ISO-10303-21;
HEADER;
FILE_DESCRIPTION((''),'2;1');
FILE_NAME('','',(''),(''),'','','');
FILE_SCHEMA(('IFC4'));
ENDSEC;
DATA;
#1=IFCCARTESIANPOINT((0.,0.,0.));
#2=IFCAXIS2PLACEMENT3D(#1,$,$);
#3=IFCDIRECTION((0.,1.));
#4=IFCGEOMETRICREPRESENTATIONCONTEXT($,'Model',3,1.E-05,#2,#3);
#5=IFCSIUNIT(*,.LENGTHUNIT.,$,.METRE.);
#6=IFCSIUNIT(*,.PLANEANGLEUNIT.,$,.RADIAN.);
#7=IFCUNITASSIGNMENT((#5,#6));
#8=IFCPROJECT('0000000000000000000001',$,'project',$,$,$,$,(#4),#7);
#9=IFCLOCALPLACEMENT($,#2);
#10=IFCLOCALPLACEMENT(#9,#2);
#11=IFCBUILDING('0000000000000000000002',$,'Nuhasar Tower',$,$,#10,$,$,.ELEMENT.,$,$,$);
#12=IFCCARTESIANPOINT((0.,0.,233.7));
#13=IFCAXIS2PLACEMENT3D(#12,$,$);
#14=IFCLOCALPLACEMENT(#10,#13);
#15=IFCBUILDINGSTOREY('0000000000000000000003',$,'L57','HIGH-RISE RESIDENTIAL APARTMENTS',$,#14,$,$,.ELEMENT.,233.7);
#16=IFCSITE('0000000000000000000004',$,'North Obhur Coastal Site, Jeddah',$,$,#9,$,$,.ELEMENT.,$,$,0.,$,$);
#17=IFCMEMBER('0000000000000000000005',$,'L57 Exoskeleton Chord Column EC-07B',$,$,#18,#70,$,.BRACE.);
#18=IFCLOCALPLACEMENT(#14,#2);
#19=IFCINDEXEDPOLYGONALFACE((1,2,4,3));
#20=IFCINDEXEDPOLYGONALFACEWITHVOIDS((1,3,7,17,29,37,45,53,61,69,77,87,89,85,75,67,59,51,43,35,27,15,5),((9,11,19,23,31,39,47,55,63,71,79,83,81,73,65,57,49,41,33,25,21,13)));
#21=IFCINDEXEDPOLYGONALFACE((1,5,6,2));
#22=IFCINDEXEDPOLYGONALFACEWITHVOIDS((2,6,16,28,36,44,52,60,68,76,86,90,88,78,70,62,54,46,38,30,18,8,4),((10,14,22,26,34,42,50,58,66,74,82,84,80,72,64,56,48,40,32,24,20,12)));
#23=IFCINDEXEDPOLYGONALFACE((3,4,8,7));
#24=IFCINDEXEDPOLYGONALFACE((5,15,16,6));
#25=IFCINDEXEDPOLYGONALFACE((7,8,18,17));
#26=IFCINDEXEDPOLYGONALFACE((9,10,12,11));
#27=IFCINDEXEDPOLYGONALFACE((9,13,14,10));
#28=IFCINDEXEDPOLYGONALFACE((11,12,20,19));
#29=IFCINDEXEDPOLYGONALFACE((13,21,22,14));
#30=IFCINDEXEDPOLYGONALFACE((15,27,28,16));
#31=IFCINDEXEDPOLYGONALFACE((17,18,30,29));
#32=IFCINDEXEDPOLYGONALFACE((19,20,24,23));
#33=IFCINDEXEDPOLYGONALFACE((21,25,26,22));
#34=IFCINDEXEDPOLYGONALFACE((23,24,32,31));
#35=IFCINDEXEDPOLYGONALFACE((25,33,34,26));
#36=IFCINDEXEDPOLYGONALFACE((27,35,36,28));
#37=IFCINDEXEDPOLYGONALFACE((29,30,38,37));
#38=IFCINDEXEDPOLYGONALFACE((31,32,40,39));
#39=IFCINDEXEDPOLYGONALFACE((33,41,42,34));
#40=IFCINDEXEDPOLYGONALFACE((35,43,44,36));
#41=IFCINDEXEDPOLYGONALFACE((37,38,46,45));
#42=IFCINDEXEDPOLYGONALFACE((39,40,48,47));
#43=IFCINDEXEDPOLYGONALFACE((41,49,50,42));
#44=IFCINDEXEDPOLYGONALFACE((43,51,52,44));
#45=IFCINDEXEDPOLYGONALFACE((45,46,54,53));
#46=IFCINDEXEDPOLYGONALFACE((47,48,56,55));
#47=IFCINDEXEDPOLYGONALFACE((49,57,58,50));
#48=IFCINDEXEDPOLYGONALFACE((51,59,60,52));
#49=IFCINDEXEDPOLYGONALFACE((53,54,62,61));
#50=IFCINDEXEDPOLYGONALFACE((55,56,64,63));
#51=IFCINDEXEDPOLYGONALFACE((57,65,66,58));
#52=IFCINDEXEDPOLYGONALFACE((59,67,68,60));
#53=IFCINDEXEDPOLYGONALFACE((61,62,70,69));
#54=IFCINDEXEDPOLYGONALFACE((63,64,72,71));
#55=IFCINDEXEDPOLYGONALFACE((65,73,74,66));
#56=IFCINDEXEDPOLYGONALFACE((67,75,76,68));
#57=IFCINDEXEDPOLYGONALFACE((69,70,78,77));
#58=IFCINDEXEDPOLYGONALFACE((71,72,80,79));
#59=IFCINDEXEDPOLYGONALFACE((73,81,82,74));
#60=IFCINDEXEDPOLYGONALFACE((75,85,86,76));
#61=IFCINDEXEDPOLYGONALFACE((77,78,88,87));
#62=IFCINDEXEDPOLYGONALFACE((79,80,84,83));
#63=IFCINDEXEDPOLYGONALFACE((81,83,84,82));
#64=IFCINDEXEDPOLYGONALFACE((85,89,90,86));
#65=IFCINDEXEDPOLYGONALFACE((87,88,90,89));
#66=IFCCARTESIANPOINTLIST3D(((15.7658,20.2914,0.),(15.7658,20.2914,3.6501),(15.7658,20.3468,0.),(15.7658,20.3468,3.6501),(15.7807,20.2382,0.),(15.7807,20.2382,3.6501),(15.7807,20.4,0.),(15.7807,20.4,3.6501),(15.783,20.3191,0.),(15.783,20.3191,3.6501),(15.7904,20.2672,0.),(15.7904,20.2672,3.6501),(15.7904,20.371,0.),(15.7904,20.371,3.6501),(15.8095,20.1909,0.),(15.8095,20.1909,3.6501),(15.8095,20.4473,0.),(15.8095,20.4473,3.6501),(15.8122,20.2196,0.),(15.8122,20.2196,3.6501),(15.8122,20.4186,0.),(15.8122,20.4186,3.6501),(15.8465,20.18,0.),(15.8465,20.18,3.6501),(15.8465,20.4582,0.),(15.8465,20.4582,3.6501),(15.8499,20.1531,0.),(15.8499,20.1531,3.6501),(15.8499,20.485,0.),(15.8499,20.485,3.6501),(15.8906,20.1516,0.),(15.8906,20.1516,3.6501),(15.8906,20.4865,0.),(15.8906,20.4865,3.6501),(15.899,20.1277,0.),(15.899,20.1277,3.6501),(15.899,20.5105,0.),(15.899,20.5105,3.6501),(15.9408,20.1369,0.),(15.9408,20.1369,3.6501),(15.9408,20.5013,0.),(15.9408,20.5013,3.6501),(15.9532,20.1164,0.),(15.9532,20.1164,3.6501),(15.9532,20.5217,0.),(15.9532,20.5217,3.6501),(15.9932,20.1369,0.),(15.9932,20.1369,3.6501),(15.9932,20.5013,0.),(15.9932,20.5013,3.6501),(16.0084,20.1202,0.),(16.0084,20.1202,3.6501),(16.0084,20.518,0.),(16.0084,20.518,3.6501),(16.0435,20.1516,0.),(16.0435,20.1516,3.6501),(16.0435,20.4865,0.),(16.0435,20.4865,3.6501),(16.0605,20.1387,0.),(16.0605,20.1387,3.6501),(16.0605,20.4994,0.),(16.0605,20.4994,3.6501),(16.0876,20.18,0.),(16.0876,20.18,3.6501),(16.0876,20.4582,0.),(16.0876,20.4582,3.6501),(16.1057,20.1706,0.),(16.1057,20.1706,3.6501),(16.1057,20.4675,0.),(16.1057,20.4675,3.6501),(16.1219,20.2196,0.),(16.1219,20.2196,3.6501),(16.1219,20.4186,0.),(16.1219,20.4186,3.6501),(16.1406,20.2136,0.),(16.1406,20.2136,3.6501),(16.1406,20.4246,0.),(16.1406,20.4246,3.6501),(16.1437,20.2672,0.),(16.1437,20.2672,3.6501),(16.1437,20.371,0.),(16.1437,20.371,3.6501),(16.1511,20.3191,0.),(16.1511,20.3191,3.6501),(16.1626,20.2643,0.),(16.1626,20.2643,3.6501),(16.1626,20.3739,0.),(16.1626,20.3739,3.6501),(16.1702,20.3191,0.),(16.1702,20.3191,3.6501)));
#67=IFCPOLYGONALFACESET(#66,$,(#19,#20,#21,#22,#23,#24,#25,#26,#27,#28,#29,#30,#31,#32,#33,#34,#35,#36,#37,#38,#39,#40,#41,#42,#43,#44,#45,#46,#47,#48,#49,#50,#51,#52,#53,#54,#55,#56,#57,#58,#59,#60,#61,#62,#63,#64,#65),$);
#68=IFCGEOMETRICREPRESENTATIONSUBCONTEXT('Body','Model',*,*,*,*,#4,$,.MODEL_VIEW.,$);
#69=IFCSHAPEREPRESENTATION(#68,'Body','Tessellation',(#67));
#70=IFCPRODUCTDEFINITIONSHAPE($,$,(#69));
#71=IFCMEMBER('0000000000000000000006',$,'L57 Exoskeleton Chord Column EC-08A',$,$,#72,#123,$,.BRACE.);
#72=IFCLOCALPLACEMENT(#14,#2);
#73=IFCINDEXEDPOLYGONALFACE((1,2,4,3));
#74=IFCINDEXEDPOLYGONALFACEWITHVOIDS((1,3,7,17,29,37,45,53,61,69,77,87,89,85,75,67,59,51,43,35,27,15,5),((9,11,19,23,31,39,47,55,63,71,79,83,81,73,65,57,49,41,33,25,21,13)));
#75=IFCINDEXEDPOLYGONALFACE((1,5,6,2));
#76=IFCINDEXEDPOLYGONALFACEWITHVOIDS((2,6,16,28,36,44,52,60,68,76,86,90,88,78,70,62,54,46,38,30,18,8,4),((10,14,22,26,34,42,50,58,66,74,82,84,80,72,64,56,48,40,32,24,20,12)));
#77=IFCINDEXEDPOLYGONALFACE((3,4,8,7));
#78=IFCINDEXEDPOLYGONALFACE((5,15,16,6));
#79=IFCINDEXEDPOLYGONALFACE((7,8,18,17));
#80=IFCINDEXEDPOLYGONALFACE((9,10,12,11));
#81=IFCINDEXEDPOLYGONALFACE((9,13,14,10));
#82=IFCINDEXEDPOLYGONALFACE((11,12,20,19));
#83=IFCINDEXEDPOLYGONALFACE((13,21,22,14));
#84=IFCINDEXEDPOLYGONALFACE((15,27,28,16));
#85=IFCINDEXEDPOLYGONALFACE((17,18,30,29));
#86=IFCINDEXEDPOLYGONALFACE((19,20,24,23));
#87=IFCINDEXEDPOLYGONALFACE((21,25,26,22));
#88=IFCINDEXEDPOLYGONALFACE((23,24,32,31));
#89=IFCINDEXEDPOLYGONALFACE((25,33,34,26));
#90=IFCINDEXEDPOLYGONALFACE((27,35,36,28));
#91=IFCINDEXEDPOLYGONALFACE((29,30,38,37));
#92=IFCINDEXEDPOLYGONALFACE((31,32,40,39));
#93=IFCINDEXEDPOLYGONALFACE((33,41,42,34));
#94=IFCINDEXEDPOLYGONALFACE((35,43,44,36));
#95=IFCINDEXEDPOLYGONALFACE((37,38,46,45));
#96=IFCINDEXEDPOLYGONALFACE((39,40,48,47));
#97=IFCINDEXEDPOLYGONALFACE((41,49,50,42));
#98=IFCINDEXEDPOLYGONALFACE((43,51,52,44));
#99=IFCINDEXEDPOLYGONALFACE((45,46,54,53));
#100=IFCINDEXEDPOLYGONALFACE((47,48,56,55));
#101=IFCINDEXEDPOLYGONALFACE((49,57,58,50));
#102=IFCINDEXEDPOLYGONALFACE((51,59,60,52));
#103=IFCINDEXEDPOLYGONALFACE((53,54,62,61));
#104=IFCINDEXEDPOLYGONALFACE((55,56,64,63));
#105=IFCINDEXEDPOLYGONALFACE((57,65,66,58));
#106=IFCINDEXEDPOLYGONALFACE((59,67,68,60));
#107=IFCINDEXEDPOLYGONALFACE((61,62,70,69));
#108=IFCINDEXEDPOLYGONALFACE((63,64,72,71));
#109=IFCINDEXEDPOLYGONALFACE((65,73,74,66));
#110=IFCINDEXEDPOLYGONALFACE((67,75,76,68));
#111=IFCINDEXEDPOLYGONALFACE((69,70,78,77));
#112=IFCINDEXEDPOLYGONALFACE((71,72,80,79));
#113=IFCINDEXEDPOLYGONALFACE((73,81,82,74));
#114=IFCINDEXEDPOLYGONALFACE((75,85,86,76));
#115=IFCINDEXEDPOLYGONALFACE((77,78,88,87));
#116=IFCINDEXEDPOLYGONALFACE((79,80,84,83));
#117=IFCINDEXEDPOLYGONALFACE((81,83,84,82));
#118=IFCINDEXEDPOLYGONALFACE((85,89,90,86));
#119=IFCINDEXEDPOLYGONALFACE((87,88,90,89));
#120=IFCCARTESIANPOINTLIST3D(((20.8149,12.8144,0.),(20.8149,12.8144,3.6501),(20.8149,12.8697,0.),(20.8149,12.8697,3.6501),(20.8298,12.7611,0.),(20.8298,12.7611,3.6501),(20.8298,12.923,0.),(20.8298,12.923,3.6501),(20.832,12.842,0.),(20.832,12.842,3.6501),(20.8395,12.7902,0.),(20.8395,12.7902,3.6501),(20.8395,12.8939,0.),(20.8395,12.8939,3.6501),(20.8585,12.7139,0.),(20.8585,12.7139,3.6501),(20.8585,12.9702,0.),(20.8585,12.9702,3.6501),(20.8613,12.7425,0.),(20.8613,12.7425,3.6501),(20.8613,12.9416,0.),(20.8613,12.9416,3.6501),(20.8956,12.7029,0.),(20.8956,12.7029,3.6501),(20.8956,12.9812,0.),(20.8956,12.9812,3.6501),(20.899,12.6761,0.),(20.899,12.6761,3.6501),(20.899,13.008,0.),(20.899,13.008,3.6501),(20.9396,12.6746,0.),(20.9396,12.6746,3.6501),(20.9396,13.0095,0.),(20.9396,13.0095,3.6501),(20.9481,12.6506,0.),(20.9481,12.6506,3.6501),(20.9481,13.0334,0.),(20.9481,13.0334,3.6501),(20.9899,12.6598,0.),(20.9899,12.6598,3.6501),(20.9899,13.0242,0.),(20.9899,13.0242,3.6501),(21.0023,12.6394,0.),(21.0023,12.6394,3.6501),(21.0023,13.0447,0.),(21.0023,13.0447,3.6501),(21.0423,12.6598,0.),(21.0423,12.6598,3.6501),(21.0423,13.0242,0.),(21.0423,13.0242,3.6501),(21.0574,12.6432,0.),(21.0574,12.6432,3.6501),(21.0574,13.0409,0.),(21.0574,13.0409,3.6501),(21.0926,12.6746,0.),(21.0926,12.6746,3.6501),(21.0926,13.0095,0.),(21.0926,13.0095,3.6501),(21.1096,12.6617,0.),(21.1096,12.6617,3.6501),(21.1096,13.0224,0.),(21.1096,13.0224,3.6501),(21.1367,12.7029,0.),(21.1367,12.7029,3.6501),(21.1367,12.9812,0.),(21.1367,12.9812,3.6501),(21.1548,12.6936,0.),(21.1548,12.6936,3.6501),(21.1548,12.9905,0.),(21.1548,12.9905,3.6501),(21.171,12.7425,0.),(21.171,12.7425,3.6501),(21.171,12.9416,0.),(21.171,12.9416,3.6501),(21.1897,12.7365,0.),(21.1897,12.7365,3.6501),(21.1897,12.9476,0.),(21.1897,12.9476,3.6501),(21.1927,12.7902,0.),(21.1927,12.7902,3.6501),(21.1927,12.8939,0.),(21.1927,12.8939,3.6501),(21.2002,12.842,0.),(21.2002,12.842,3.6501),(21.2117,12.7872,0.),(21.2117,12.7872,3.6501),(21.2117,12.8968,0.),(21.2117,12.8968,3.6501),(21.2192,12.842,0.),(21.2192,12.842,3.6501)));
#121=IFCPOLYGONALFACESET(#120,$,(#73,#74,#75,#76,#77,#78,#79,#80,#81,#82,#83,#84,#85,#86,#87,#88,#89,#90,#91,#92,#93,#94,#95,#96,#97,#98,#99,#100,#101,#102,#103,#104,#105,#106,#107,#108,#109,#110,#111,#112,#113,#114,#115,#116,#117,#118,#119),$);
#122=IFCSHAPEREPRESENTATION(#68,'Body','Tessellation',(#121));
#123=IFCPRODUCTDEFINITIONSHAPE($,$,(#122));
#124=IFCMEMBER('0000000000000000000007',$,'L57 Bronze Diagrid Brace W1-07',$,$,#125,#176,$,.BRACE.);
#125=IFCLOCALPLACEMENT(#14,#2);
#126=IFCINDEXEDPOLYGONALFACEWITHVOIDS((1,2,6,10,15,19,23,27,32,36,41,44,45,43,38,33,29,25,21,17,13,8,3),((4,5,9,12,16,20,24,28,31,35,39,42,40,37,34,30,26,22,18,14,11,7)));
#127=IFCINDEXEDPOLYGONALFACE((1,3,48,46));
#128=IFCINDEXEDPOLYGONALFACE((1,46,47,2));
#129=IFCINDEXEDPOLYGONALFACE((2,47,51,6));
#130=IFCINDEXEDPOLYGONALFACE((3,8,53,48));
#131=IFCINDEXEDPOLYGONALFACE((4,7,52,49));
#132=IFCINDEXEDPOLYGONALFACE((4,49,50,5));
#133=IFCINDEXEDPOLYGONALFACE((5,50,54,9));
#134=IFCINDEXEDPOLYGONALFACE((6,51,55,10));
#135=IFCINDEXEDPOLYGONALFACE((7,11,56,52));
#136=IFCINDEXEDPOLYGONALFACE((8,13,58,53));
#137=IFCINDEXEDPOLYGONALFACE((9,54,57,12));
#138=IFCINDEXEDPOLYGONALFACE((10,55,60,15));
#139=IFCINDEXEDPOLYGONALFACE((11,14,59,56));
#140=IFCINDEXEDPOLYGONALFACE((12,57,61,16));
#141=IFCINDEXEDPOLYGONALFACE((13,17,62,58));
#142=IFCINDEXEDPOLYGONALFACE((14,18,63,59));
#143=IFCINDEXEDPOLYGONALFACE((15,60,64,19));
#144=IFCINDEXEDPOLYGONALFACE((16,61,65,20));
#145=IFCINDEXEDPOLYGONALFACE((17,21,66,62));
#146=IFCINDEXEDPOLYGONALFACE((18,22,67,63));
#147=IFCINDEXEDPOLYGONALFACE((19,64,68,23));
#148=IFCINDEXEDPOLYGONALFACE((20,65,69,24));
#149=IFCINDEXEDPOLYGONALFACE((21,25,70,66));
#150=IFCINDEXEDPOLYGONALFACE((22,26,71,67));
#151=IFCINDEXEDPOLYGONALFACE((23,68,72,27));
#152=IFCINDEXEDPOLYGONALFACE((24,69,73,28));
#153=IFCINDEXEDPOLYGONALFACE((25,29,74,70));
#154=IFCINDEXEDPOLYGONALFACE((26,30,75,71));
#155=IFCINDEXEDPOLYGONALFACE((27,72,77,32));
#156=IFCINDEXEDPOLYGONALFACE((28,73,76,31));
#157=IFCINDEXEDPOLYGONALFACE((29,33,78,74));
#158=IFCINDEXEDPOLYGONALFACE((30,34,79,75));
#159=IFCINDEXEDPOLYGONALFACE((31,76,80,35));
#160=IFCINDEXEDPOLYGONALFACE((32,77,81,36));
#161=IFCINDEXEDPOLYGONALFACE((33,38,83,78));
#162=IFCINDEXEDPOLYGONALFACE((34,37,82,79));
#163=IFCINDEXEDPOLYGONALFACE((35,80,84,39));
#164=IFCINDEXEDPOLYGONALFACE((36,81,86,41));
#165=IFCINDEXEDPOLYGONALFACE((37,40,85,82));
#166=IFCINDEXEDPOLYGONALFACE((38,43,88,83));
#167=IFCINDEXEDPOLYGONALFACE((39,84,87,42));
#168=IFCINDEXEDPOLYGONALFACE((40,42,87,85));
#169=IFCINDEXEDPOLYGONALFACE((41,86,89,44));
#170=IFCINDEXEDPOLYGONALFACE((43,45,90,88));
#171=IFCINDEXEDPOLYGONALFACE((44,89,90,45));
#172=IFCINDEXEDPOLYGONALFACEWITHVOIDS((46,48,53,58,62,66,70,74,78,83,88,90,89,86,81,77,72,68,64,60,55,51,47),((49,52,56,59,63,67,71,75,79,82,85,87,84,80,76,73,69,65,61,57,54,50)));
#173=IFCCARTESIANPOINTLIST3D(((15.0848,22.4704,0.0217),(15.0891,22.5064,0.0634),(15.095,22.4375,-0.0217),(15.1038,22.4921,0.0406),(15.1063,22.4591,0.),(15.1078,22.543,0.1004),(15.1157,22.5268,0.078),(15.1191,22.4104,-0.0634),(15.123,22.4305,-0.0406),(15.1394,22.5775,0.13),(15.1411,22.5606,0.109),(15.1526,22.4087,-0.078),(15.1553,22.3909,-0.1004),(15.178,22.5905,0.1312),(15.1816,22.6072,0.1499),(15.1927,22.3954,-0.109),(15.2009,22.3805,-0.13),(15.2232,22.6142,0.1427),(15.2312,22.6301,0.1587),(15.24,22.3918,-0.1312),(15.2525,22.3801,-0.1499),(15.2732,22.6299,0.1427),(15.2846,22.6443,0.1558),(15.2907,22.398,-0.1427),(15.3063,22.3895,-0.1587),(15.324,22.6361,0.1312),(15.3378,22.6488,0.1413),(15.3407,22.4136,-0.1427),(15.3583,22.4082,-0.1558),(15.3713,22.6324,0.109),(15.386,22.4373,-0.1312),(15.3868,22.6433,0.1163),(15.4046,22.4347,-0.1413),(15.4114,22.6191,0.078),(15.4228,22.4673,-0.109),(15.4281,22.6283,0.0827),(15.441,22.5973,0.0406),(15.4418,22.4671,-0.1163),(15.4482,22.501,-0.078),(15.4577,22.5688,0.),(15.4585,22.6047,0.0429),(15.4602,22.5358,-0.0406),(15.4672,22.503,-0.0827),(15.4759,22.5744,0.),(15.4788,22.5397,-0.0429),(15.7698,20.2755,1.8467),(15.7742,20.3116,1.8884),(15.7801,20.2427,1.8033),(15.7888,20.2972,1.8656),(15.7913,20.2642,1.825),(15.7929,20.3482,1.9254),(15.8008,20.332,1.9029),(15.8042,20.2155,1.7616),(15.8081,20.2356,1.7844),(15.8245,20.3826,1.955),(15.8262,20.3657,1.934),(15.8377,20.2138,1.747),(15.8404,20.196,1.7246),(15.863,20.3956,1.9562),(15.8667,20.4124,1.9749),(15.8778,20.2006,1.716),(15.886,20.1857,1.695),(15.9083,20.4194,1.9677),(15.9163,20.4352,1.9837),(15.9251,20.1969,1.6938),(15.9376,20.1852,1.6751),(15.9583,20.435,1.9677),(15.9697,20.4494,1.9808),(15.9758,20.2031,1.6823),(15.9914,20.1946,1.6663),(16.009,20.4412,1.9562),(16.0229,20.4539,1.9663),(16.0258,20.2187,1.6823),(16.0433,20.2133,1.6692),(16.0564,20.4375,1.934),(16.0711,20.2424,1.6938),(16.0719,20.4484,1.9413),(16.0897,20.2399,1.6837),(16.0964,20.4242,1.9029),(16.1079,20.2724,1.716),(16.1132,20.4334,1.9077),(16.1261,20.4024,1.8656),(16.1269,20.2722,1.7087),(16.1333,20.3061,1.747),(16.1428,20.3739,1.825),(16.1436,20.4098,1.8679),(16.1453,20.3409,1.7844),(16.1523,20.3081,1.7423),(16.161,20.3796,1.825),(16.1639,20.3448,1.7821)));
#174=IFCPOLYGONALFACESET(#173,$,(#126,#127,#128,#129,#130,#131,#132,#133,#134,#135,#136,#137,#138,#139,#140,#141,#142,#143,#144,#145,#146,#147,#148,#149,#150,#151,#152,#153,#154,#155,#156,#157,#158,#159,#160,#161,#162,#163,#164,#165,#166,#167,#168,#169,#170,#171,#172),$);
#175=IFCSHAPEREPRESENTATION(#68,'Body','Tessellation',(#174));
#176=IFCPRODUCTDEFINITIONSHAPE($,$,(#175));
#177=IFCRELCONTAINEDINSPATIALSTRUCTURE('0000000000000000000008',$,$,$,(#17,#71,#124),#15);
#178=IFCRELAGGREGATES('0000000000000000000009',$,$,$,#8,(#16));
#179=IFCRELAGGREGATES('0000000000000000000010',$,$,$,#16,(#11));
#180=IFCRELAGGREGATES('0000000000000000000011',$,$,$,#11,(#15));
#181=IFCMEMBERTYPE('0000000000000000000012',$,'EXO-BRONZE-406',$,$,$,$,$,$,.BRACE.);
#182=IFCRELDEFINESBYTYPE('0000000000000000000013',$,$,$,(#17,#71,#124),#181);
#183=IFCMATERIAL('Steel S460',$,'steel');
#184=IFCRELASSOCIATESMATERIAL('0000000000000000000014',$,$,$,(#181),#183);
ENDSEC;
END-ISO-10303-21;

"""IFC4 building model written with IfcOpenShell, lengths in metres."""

from ifc_helpers import new_model, si_unit, direction, frame, origin, origin_2d, place, context, subcontext, project, spatial, hollow_circle, extrude, material, material_profile, profile_set, type_object, element, save


model = new_model("IFC4")

# Units and contexts
model_context = context("Model", 3, precision=1e-05, world=origin(), true_north=direction((0.0, 1.0)))
body_context = subcontext(model_context, "Body", "Model", "MODEL_VIEW")
ifc_project = project(units=[si_unit("LENGTHUNIT", "METRE"), si_unit("PLANEANGLEUNIT", "RADIAN")], contexts=[model_context])

# Site, building, storey
site_placement = place(None, origin())
site = spatial("IfcSite", under=ifc_project, at=site_placement, Name="North Obhur Coastal Site, Jeddah", CompositionType="ELEMENT", RefElevation=0.0)
building_placement = place(site_placement, origin())
building = spatial("IfcBuilding", under=site, at=building_placement, Name="Nuhasar Tower", CompositionType="ELEMENT")
storey_placement = place(building_placement, frame((0.0, 0.0, 233.7)))
storey = spatial("IfcBuildingStorey", under=building, at=storey_placement, Name="L57", Description="HIGH-RISE RESIDENTIAL APARTMENTS", CompositionType="ELEMENT", Elevation=233.7)

# Members
ifc_material_1 = material(Name="Steel S460", Category="steel")
ifc_material_profile_1 = material_profile(ifc_material_1, hollow_circle(Radius=0.2031, WallThickness=0.019, at=origin_2d()), Name="HSS406.4X19.1")
ifc_profile_set_1 = profile_set([ifc_material_profile_1], Name="Steel S460")
member_type_1 = type_object("IfcMemberType", Name="EXO-BRONZE-406", PredefinedType="BRACE", material=ifc_profile_set_1)
for number, where, z_axis, x_axis, name in (
    (1, (15.967, 20.3191, 0.0), (0.0, 0.0, 1.0), (1.0, 0.0, 0.0), "L57 Exoskeleton Chord Column EC-07B"),
    (2, (21.0161, 12.842, 0.0), (0.0, 0.0, 1.0), (1.0, 0.0, 0.0), "L57 Exoskeleton Chord Column EC-08A"),
):
    element("IfcMember", number, at=place(storey_placement, frame(where, z_axis=z_axis, x_axis=x_axis)), inside=storey, type_object=member_type_1, Name=name, PredefinedType="BRACE", context=body_context, shape_type="SweptSolid", body=[
        extrude(hollow_circle(Radius=0.2031, WallThickness=0.019, at=origin_2d()), origin(), (0.0, 0.0, 1.0), 3.6501),
    ])
for number, where, z_axis, x_axis, name in (
    (3, (15.282, 22.5139, 0.0), (0.233372, -0.74769, 0.621689), (0.954582, 0.297948, 0.0), "L57 Bronze Diagrid Brace W1-07"),
):
    element("IfcMember", number, at=place(storey_placement, frame(where, z_axis=z_axis, x_axis=x_axis)), inside=storey, type_object=member_type_1, Name=name, PredefinedType="BRACE", context=body_context, shape_type="SweptSolid", body=[
        extrude(hollow_circle(Radius=0.2031, WallThickness=0.019, at=origin_2d()), origin(), (0.0, 0.0, 1.0), 2.9355),
    ])

save(model, "model.ifc")
